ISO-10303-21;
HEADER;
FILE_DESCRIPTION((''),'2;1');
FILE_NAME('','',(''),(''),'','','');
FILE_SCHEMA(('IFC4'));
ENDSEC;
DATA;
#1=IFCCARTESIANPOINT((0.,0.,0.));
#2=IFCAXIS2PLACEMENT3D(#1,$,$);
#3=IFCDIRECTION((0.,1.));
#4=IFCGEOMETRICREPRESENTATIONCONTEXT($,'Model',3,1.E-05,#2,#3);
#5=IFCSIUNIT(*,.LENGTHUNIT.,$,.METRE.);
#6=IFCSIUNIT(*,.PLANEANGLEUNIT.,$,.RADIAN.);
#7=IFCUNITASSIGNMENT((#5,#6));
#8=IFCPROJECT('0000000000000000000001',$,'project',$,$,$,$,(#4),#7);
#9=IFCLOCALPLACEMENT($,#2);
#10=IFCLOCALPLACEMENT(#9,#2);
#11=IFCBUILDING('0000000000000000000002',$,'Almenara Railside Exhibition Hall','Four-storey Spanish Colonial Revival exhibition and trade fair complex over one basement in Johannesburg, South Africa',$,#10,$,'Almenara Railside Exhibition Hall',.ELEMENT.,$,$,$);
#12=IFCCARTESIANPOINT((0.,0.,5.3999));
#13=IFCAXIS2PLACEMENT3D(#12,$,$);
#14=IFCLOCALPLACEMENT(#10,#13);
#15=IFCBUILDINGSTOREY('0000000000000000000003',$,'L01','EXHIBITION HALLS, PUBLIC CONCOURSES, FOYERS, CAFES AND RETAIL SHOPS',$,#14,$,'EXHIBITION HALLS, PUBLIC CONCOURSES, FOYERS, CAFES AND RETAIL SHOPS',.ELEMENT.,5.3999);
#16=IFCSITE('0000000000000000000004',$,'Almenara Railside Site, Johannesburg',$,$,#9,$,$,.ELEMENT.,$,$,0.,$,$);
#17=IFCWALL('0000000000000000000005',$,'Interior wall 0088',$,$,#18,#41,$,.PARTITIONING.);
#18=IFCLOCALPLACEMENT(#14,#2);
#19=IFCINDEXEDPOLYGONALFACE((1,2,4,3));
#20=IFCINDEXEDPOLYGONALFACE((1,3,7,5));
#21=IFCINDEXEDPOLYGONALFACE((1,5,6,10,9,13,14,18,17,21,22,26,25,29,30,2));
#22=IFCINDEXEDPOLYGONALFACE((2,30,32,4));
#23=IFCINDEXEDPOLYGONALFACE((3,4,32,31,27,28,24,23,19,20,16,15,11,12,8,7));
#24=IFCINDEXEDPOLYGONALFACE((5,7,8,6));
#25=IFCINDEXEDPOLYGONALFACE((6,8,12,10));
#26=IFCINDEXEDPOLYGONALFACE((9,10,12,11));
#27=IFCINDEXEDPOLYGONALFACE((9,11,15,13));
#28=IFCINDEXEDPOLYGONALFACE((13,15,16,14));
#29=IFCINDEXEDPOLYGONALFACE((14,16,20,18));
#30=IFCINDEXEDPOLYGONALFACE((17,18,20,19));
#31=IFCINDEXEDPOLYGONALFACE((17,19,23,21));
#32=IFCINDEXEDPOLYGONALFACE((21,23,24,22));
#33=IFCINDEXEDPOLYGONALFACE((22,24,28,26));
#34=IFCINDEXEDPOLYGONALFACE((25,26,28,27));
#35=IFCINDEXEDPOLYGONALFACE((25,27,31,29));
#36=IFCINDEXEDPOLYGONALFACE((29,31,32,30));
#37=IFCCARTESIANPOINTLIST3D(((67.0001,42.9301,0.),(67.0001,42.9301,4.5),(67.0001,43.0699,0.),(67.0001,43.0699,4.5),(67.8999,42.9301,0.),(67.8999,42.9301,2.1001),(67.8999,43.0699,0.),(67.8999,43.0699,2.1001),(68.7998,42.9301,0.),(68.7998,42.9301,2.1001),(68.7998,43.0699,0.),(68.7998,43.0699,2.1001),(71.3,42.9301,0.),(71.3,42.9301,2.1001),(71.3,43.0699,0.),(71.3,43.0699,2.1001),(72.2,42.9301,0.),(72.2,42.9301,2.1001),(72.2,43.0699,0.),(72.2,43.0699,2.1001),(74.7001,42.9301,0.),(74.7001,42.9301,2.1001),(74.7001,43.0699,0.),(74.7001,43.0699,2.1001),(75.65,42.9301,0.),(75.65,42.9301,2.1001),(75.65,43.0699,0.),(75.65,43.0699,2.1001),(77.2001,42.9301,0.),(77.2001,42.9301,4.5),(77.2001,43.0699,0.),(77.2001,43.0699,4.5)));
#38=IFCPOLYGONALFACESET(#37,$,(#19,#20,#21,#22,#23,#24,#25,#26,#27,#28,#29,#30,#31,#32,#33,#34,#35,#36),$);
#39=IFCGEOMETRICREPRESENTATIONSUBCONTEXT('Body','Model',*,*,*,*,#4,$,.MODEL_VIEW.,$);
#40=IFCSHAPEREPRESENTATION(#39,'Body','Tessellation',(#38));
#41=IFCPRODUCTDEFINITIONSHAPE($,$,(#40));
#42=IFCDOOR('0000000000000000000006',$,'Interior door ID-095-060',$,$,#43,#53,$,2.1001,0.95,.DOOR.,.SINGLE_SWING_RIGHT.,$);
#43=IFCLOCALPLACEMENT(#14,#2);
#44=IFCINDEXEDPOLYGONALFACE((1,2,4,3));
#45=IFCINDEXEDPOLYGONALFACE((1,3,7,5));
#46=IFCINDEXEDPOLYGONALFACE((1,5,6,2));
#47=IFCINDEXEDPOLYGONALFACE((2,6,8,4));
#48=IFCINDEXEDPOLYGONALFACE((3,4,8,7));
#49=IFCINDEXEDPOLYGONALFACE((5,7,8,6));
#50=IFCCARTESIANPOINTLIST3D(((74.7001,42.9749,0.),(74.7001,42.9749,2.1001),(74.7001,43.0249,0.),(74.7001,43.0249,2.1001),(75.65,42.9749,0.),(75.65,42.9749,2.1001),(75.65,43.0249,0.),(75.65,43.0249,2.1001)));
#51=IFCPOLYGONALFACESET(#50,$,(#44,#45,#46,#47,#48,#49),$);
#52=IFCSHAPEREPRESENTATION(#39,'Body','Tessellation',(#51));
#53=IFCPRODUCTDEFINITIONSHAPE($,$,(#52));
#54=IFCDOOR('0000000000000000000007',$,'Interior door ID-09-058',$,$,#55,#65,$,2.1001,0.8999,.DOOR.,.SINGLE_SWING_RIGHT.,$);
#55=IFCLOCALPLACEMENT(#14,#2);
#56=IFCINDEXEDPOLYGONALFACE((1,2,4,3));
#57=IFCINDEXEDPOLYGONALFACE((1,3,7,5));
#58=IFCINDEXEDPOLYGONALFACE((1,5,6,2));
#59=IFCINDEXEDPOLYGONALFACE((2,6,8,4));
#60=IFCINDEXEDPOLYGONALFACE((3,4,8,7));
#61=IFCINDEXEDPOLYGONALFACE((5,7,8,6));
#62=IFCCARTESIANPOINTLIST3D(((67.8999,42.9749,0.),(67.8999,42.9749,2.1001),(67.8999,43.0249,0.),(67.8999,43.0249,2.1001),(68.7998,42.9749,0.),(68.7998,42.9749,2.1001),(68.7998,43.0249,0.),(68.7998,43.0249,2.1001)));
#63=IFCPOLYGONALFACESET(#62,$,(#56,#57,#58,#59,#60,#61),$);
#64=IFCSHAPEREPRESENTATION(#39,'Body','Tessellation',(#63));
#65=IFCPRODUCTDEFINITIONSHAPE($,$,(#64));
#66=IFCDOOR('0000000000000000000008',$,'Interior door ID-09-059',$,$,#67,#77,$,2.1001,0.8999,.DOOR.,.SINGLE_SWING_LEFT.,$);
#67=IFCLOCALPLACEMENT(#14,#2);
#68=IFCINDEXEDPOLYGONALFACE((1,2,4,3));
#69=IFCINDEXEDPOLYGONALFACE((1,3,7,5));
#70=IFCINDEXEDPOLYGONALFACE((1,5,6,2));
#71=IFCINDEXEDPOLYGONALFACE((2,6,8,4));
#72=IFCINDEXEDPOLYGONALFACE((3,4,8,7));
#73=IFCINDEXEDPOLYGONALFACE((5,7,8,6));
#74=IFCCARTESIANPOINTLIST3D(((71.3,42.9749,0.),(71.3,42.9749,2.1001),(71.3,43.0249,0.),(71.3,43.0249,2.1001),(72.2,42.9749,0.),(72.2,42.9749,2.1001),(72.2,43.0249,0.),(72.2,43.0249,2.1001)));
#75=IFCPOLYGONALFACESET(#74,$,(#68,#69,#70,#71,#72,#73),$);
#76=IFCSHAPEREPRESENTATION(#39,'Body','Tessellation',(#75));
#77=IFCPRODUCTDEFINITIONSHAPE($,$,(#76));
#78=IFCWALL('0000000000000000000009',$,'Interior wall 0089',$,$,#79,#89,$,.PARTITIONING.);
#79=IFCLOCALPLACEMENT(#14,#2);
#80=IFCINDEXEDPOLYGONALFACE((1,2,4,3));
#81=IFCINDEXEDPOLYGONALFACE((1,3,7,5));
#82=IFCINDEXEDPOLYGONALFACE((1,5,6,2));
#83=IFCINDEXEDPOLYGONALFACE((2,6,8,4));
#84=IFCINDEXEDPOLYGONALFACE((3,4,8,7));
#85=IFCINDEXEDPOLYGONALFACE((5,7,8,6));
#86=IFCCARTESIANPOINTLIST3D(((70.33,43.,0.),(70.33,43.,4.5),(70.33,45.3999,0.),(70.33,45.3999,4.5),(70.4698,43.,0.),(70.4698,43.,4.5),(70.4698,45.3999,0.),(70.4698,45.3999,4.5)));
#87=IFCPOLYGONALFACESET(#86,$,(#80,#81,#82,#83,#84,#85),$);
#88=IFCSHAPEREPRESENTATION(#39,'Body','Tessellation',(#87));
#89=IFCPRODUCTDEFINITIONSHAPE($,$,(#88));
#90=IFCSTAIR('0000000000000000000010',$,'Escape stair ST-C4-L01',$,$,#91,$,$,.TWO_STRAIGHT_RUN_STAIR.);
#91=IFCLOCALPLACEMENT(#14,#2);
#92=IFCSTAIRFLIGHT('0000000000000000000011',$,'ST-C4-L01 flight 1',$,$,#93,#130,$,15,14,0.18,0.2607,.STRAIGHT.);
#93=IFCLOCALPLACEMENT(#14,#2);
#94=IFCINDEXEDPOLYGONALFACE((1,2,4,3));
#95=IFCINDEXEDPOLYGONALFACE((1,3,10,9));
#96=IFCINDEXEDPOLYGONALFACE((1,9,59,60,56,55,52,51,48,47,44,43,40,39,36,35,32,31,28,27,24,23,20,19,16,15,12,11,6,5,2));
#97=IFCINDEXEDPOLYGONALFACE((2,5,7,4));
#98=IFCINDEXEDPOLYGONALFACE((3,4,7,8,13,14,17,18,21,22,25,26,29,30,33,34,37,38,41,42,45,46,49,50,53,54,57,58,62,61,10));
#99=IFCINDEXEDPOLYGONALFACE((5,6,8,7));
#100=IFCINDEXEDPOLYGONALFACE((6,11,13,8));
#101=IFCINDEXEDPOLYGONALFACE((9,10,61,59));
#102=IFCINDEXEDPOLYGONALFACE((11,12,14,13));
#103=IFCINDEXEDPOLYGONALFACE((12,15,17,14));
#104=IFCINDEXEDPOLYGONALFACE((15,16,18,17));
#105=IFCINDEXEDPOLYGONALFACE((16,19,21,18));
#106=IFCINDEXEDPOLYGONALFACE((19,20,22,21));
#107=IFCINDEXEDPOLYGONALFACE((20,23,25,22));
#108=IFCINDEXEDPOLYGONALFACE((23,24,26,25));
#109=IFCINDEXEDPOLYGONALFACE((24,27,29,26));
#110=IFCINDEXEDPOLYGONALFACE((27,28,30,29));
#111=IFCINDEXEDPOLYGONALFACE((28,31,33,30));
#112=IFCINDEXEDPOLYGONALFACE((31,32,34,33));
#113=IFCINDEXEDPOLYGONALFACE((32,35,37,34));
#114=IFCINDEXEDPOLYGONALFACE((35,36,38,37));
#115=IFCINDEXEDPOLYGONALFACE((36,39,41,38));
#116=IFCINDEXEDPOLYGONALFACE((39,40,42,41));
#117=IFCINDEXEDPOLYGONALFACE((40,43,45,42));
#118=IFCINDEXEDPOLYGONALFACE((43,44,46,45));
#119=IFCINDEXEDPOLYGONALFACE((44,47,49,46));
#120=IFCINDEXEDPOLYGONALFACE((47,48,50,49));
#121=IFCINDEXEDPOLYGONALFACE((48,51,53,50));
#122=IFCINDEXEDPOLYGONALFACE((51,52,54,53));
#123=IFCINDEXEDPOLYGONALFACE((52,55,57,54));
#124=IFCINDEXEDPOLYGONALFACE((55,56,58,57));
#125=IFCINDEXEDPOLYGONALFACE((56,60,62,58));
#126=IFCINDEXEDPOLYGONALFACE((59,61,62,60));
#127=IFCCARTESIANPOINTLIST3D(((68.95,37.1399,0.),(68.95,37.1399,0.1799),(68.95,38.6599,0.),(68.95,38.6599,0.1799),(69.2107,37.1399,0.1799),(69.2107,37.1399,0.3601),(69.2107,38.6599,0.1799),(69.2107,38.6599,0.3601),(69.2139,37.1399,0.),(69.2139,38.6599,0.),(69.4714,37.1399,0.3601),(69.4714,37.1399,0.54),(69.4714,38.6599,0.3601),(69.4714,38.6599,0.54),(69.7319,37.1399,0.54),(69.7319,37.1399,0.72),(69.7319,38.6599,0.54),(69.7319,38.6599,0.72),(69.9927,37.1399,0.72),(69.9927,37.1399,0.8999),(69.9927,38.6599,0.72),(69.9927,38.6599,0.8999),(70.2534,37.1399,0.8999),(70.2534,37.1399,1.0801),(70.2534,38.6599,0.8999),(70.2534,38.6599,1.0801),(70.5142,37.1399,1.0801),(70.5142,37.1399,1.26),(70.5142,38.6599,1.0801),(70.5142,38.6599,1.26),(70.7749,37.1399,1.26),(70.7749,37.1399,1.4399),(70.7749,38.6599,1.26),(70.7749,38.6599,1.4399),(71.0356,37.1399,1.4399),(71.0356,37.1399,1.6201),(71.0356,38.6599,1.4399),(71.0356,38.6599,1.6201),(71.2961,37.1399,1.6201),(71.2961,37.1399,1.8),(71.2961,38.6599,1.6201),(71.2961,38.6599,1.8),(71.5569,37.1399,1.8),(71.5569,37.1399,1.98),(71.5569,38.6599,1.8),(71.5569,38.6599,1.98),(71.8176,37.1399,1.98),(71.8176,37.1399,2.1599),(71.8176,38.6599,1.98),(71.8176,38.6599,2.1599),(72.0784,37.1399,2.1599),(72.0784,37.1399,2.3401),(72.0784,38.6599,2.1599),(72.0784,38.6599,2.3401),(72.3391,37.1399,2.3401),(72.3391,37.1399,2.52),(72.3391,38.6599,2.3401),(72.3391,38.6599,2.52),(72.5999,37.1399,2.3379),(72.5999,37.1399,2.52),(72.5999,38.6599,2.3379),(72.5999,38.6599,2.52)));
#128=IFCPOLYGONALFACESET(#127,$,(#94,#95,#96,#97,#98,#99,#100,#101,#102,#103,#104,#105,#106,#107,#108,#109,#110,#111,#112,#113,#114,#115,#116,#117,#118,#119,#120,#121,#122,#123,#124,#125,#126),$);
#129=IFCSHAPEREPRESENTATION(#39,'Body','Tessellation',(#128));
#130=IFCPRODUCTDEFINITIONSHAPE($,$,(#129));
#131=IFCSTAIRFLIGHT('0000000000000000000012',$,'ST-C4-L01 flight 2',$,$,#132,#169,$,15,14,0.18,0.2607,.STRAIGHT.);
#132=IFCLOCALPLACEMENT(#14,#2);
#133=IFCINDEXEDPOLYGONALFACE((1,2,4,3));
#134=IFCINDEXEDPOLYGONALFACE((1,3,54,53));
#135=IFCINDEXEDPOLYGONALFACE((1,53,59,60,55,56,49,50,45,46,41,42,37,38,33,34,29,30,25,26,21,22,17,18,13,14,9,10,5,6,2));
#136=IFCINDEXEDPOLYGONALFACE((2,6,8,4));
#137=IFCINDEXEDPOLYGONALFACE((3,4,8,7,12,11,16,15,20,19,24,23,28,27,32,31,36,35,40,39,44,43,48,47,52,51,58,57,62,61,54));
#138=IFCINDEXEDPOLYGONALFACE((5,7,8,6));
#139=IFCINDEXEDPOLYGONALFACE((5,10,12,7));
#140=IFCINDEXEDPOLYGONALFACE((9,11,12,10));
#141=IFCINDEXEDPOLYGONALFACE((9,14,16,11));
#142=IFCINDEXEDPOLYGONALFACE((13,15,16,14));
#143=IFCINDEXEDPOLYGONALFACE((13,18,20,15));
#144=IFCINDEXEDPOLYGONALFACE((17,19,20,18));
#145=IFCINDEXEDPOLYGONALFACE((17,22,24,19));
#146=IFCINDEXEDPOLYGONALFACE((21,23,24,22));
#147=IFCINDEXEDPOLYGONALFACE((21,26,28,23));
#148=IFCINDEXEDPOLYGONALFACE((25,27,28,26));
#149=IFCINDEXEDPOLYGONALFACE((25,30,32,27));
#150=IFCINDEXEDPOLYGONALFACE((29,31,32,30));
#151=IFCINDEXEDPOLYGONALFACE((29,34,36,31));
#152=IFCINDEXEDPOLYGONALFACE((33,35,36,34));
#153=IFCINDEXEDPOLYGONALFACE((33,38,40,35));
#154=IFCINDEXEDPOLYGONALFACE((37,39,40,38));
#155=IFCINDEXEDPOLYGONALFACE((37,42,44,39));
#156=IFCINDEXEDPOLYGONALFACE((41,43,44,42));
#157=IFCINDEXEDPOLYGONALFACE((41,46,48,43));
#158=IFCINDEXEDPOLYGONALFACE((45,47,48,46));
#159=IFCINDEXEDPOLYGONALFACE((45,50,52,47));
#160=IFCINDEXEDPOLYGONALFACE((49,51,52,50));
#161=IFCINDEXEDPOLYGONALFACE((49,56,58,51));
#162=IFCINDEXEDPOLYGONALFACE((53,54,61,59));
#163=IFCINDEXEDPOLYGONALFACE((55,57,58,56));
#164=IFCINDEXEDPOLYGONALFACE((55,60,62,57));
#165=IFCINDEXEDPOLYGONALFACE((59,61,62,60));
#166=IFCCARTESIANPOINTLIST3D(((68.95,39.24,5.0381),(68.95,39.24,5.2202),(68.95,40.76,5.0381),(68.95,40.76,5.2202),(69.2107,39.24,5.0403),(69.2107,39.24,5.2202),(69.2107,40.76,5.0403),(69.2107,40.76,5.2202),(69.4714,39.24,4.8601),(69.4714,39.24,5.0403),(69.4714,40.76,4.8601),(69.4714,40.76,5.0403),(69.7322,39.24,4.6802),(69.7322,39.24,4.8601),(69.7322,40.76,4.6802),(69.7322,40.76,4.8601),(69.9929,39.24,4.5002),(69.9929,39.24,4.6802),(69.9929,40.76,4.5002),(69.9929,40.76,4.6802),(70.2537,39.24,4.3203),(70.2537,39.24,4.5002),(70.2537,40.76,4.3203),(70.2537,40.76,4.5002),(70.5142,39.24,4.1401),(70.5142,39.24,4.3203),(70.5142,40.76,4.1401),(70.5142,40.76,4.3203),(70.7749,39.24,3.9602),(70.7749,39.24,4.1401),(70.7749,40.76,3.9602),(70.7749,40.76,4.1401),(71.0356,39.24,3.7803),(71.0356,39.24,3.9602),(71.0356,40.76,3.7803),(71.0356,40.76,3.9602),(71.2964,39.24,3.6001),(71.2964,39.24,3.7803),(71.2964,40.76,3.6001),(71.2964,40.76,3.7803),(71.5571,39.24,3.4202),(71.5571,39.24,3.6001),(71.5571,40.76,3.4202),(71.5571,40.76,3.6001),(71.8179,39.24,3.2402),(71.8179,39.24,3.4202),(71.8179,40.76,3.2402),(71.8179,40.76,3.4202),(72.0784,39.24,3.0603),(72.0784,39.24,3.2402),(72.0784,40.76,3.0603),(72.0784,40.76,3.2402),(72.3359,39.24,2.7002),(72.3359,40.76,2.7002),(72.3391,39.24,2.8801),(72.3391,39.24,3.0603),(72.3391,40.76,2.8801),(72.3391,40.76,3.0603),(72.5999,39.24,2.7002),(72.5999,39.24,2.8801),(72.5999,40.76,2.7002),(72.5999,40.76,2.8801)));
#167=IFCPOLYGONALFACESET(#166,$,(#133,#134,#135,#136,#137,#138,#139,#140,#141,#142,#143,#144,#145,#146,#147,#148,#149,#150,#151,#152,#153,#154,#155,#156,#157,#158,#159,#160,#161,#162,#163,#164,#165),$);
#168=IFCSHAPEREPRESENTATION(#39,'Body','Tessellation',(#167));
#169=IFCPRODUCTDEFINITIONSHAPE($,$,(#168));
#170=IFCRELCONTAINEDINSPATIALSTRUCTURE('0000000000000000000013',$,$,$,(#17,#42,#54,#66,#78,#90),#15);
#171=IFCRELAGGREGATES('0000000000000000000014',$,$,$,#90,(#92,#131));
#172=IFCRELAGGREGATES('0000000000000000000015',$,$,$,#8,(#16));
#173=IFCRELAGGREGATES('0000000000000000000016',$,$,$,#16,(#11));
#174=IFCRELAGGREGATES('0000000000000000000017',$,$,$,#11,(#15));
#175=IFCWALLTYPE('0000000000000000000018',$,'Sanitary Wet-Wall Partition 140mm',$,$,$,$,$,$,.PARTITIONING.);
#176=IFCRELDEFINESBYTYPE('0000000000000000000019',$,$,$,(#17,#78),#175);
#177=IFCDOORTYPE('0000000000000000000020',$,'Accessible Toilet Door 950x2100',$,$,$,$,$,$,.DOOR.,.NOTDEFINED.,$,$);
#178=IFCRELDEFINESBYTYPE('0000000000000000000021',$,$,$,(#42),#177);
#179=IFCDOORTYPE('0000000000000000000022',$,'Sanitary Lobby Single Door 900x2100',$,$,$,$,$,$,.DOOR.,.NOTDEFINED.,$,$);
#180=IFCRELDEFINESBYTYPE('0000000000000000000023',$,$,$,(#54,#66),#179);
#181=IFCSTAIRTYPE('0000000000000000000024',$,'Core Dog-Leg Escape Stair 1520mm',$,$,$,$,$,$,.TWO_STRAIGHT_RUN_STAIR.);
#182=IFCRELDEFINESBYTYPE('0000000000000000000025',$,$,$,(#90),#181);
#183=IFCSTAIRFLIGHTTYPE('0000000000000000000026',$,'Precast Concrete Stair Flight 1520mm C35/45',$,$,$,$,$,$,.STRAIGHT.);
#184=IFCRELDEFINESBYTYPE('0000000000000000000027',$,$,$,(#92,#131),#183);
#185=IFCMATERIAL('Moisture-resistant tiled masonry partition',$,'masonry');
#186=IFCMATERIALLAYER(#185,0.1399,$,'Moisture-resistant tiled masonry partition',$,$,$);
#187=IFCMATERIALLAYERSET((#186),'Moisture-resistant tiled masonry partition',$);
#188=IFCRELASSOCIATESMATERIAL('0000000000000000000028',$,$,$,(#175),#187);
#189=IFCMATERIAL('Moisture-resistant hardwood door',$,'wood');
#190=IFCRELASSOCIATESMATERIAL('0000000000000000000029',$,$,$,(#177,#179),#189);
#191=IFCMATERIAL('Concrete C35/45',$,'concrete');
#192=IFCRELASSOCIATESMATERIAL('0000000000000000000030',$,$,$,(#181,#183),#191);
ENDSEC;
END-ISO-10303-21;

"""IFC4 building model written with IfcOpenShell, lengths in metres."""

from ifc_helpers import new_model, si_unit, direction, frame, frame_2d, origin, place, context, subcontext, project, spatial, polyline, rectangle, outline, extrude, material, layer, layer_set, type_object, element, fill, aggregate, save


model = new_model("IFC4")

# Units and contexts
model_context = context("Model", 3, precision=1e-05, world=origin(), true_north=direction((0.0, 1.0)))
body_context = subcontext(model_context, "Body", "Model", "MODEL_VIEW")
ifc_project = project(units=[si_unit("LENGTHUNIT", "METRE"), si_unit("PLANEANGLEUNIT", "RADIAN")], contexts=[model_context])

# Site, building, storey
site_placement = place(None, origin())
site = spatial("IfcSite", under=ifc_project, at=site_placement, Name="Almenara Railside Site, Johannesburg", CompositionType="ELEMENT", RefElevation=0.0)
building_placement = place(site_placement, origin())
building = spatial("IfcBuilding", under=site, at=building_placement, Name="Almenara Railside Exhibition Hall", Description="Four-storey Spanish Colonial Revival exhibition and trade fair complex over one basement in Johannesburg, South Africa", LongName="Almenara Railside Exhibition Hall", CompositionType="ELEMENT")
storey_placement = place(building_placement, frame((0.0, 0.0, 5.3999)))
storey = spatial("IfcBuildingStorey", under=building, at=storey_placement, Name="L01", Description="EXHIBITION HALLS, PUBLIC CONCOURSES, FOYERS, CAFES AND RETAIL SHOPS", LongName="EXHIBITION HALLS, PUBLIC CONCOURSES, FOYERS, CAFES AND RETAIL SHOPS", CompositionType="ELEMENT", Elevation=5.3999)

# Shared definitions
ifc_material_1 = material(Name="Concrete C35/45", Category="concrete")

# Wall, openings, doors
ifc_material_2 = material(Name="Moisture-resistant tiled masonry partition", Category="masonry")
ifc_layer_1 = layer(ifc_material_2, 0.1399, Name="Moisture-resistant tiled masonry partition")
ifc_layer_set_1 = layer_set([ifc_layer_1], Name="Moisture-resistant tiled masonry partition")
wall_type_1 = type_object("IfcWallType", Name="Sanitary Wet-Wall Partition 140mm", PredefinedType="PARTITIONING", material=ifc_layer_set_1)
wall_1_placement = place(storey_placement, frame((67.0, 43.0, 0.0), z_axis=(0.0, 0.0, 1.0), x_axis=(1.0, 0.0, 0.0)))
wall_1 = element("IfcWall", 1, at=wall_1_placement, inside=storey, type_object=wall_type_1, Name="Interior wall 0088", PredefinedType="PARTITIONING", context=body_context, shape_type="SweptSolid", body=[
    extrude(rectangle(XDim=10.2, YDim=0.1399, at=frame_2d((5.1001, 0.0))), origin(), (0.0, 0.0, 1.0), 4.5),
])
opening_1_placement = place(wall_1_placement, frame((0.8999, 0.0, 0.0)))
opening_1 = element("IfcOpeningElement", 2, at=opening_1_placement, cuts=wall_1, PredefinedType="OPENING", context=body_context, shape_type="SweptSolid", body=[
    extrude(rectangle(XDim=0.8999, YDim=2.1001, at=frame_2d((0.45, 1.05))), frame((0.0, 0.0798, 0.0), z_axis=(0.0, -1.0, 0.0), x_axis=(1.0, 0.0, 0.0)), (0.0, 0.0, 1.0), 0.1599),
])
opening_2_placement = place(wall_1_placement, frame((4.3, 0.0, 0.0)))
opening_2 = element("IfcOpeningElement", 3, at=opening_2_placement, cuts=wall_1, PredefinedType="OPENING", context=body_context, shape_type="SweptSolid", body=[
    extrude(rectangle(XDim=0.8999, YDim=2.1001, at=frame_2d((0.45, 1.05))), frame((0.0, 0.0798, 0.0), z_axis=(0.0, -1.0, 0.0), x_axis=(1.0, 0.0, 0.0)), (0.0, 0.0, 1.0), 0.1599),
])
opening_3_placement = place(wall_1_placement, frame((7.7, 0.0, 0.0)))
opening_3 = element("IfcOpeningElement", 4, at=opening_3_placement, cuts=wall_1, PredefinedType="OPENING", context=body_context, shape_type="SweptSolid", body=[
    extrude(rectangle(XDim=0.95, YDim=2.1001, at=frame_2d((0.4751, 1.05))), frame((0.0, 0.0798, 0.0), z_axis=(0.0, -1.0, 0.0), x_axis=(1.0, 0.0, 0.0)), (0.0, 0.0, 1.0), 0.1599),
])
ifc_material_3 = material(Name="Moisture-resistant hardwood door", Category="wood")
door_type_1 = type_object("IfcDoorType", Name="Accessible Toilet Door 950x2100", OperationType="NOTDEFINED", PredefinedType="DOOR", material=ifc_material_3)
door_1_placement = place(opening_3_placement, origin())
door_1 = element("IfcDoor", 5, at=door_1_placement, inside=storey, type_object=door_type_1, Name="Interior door ID-095-060", OperationType="SINGLE_SWING_RIGHT", OverallHeight=2.1001, OverallWidth=0.95, PredefinedType="DOOR", context=body_context, shape_type="SweptSolid", body=[
    extrude(rectangle(XDim=0.95, YDim=2.1001, at=frame_2d((0.4751, 1.05))), frame((0.0, 0.0249, 0.0), z_axis=(0.0, -1.0, 0.0), x_axis=(1.0, 0.0, 0.0)), (0.0, 0.0, 1.0), 0.05),
])
fill(opening_3, door_1)
door_type_2 = type_object("IfcDoorType", Name="Sanitary Lobby Single Door 900x2100", OperationType="NOTDEFINED", PredefinedType="DOOR", material=ifc_material_3)
door_2_placement = place(opening_1_placement, origin())
door_2 = element("IfcDoor", 6, at=door_2_placement, inside=storey, type_object=door_type_2, Name="Interior door ID-09-058", OperationType="SINGLE_SWING_RIGHT", OverallHeight=2.1001, OverallWidth=0.8999, PredefinedType="DOOR", context=body_context, shape_type="SweptSolid", body=[
    extrude(rectangle(XDim=0.8999, YDim=2.1001, at=frame_2d((0.45, 1.05))), frame((0.0, 0.0249, 0.0), z_axis=(0.0, -1.0, 0.0), x_axis=(1.0, 0.0, 0.0)), (0.0, 0.0, 1.0), 0.05),
])
fill(opening_1, door_2)
door_3_placement = place(opening_2_placement, origin())
door_3 = element("IfcDoor", 7, at=door_3_placement, inside=storey, type_object=door_type_2, Name="Interior door ID-09-059", OperationType="SINGLE_SWING_LEFT", OverallHeight=2.1001, OverallWidth=0.8999, PredefinedType="DOOR", context=body_context, shape_type="SweptSolid", body=[
    extrude(rectangle(XDim=0.8999, YDim=2.1001, at=frame_2d((0.45, 1.05))), frame((0.0, 0.0249, 0.0), z_axis=(0.0, -1.0, 0.0), x_axis=(1.0, 0.0, 0.0)), (0.0, 0.0, 1.0), 0.05),
])
fill(opening_2, door_3)

# Wall
wall_2_placement = place(storey_placement, frame((70.3999, 43.0, 0.0), z_axis=(0.0, 0.0, 1.0), x_axis=(0.0, 1.0, 0.0)))
element("IfcWall", 8, at=wall_2_placement, inside=storey, type_object=wall_type_1, Name="Interior wall 0089", PredefinedType="PARTITIONING", context=body_context, shape_type="SweptSolid", body=[
    extrude(rectangle(XDim=2.3999, YDim=0.1399, at=frame_2d((1.2, 0.0))), origin(), (0.0, 0.0, 1.0), 4.5),
])

# Stair, stair flights
stair_type = type_object("IfcStairType", Name="Core Dog-Leg Escape Stair 1520mm", PredefinedType="TWO_STRAIGHT_RUN_STAIR", material=ifc_material_1)
stair_placement = place(storey_placement, origin())
stair = element("IfcStair", 9, at=stair_placement, inside=storey, type_object=stair_type, Name="Escape stair ST-C4-L01", PredefinedType="TWO_STRAIGHT_RUN_STAIR")
stair_flight_type = type_object("IfcStairFlightType", Name="Precast Concrete Stair Flight 1520mm C35/45", PredefinedType="STRAIGHT", material=ifc_material_1)
stair_flight_1_placement = place(storey_placement, frame((68.95, 37.8999, 0.0), z_axis=(0.0, 0.0, 1.0), x_axis=(1.0, 0.0, 0.0)))
stair_flight_1 = element("IfcStairFlight", 10, at=stair_flight_1_placement, type_object=stair_flight_type, Name="ST-C4-L01 flight 1", NumberOfRisers=15, NumberOfTreads=14, PredefinedType="STRAIGHT", RiserHeight=0.18, TreadLength=0.2607, context=body_context, shape_type="SweptSolid", body=[
    extrude(outline(polyline([(0.0, 0.0), (0.0, 0.1799), (0.2607, 0.1799), (0.2607, 0.3601), (0.5215, 0.3601), (0.5215, 0.54), (0.782, 0.54), (0.782, 0.72), (1.0427, 0.72), (1.0427, 0.8999), (1.3035, 0.8999), (1.3035, 1.0801), (1.5642, 1.0801), (1.5642, 1.26), (1.825, 1.26), (1.825, 1.4399), (2.0857, 1.4399), (2.0857, 1.6201), (2.3462, 1.6201), (2.3462, 1.8), (2.6069, 1.8), (2.6069, 1.98), (2.8677, 1.98), (2.8677, 2.1599), (3.1284, 2.1599), (3.1284, 2.3401), (3.3892, 2.3401), (3.3892, 2.52), (3.6499, 2.52), (3.6499, 2.7), (3.6499, 2.3379), (0.2639, 0.0), (0.0, 0.0)])), frame((0.0, 0.76, 0.0), z_axis=(0.0, -1.0, 0.0), x_axis=(1.0, 0.0, 0.0)), (0.0, 0.0, 1.0), 1.52),
])
stair_flight_2_placement = place(storey_placement, frame((72.5999, 40.0, 2.7002), z_axis=(0.0, 0.0, 1.0), x_axis=(-1.0, 0.0, 0.0)))
stair_flight_2 = element("IfcStairFlight", 11, at=stair_flight_2_placement, type_object=stair_flight_type, Name="ST-C4-L01 flight 2", NumberOfRisers=15, NumberOfTreads=14, PredefinedType="STRAIGHT", RiserHeight=0.18, TreadLength=0.2607, context=body_context, shape_type="SweptSolid", body=[
    extrude(outline(polyline([(0.0, 0.0), (0.0, 0.1799), (0.2607, 0.1799), (0.2607, 0.3601), (0.5215, 0.3601), (0.5215, 0.54), (0.782, 0.54), (0.782, 0.72), (1.0427, 0.72), (1.0427, 0.8999), (1.3035, 0.8999), (1.3035, 1.0801), (1.5642, 1.0801), (1.5642, 1.26), (1.825, 1.26), (1.825, 1.4399), (2.0857, 1.4399), (2.0857, 1.6201), (2.3462, 1.6201), (2.3462, 1.8), (2.6069, 1.8), (2.6069, 1.98), (2.8677, 1.98), (2.8677, 2.1599), (3.1284, 2.1599), (3.1284, 2.3401), (3.3892, 2.3401), (3.3892, 2.52), (3.6499, 2.52), (3.6499, 2.7), (3.6499, 2.3379), (0.2639, 0.0), (0.0, 0.0)])), frame((0.0, 0.76, 0.0), z_axis=(0.0, -1.0, 0.0), x_axis=(1.0, 0.0, 0.0)), (0.0, 0.0, 1.0), 1.52),
])
aggregate(stair, [stair_flight_1, stair_flight_2])

save(model, "model.ifc")
